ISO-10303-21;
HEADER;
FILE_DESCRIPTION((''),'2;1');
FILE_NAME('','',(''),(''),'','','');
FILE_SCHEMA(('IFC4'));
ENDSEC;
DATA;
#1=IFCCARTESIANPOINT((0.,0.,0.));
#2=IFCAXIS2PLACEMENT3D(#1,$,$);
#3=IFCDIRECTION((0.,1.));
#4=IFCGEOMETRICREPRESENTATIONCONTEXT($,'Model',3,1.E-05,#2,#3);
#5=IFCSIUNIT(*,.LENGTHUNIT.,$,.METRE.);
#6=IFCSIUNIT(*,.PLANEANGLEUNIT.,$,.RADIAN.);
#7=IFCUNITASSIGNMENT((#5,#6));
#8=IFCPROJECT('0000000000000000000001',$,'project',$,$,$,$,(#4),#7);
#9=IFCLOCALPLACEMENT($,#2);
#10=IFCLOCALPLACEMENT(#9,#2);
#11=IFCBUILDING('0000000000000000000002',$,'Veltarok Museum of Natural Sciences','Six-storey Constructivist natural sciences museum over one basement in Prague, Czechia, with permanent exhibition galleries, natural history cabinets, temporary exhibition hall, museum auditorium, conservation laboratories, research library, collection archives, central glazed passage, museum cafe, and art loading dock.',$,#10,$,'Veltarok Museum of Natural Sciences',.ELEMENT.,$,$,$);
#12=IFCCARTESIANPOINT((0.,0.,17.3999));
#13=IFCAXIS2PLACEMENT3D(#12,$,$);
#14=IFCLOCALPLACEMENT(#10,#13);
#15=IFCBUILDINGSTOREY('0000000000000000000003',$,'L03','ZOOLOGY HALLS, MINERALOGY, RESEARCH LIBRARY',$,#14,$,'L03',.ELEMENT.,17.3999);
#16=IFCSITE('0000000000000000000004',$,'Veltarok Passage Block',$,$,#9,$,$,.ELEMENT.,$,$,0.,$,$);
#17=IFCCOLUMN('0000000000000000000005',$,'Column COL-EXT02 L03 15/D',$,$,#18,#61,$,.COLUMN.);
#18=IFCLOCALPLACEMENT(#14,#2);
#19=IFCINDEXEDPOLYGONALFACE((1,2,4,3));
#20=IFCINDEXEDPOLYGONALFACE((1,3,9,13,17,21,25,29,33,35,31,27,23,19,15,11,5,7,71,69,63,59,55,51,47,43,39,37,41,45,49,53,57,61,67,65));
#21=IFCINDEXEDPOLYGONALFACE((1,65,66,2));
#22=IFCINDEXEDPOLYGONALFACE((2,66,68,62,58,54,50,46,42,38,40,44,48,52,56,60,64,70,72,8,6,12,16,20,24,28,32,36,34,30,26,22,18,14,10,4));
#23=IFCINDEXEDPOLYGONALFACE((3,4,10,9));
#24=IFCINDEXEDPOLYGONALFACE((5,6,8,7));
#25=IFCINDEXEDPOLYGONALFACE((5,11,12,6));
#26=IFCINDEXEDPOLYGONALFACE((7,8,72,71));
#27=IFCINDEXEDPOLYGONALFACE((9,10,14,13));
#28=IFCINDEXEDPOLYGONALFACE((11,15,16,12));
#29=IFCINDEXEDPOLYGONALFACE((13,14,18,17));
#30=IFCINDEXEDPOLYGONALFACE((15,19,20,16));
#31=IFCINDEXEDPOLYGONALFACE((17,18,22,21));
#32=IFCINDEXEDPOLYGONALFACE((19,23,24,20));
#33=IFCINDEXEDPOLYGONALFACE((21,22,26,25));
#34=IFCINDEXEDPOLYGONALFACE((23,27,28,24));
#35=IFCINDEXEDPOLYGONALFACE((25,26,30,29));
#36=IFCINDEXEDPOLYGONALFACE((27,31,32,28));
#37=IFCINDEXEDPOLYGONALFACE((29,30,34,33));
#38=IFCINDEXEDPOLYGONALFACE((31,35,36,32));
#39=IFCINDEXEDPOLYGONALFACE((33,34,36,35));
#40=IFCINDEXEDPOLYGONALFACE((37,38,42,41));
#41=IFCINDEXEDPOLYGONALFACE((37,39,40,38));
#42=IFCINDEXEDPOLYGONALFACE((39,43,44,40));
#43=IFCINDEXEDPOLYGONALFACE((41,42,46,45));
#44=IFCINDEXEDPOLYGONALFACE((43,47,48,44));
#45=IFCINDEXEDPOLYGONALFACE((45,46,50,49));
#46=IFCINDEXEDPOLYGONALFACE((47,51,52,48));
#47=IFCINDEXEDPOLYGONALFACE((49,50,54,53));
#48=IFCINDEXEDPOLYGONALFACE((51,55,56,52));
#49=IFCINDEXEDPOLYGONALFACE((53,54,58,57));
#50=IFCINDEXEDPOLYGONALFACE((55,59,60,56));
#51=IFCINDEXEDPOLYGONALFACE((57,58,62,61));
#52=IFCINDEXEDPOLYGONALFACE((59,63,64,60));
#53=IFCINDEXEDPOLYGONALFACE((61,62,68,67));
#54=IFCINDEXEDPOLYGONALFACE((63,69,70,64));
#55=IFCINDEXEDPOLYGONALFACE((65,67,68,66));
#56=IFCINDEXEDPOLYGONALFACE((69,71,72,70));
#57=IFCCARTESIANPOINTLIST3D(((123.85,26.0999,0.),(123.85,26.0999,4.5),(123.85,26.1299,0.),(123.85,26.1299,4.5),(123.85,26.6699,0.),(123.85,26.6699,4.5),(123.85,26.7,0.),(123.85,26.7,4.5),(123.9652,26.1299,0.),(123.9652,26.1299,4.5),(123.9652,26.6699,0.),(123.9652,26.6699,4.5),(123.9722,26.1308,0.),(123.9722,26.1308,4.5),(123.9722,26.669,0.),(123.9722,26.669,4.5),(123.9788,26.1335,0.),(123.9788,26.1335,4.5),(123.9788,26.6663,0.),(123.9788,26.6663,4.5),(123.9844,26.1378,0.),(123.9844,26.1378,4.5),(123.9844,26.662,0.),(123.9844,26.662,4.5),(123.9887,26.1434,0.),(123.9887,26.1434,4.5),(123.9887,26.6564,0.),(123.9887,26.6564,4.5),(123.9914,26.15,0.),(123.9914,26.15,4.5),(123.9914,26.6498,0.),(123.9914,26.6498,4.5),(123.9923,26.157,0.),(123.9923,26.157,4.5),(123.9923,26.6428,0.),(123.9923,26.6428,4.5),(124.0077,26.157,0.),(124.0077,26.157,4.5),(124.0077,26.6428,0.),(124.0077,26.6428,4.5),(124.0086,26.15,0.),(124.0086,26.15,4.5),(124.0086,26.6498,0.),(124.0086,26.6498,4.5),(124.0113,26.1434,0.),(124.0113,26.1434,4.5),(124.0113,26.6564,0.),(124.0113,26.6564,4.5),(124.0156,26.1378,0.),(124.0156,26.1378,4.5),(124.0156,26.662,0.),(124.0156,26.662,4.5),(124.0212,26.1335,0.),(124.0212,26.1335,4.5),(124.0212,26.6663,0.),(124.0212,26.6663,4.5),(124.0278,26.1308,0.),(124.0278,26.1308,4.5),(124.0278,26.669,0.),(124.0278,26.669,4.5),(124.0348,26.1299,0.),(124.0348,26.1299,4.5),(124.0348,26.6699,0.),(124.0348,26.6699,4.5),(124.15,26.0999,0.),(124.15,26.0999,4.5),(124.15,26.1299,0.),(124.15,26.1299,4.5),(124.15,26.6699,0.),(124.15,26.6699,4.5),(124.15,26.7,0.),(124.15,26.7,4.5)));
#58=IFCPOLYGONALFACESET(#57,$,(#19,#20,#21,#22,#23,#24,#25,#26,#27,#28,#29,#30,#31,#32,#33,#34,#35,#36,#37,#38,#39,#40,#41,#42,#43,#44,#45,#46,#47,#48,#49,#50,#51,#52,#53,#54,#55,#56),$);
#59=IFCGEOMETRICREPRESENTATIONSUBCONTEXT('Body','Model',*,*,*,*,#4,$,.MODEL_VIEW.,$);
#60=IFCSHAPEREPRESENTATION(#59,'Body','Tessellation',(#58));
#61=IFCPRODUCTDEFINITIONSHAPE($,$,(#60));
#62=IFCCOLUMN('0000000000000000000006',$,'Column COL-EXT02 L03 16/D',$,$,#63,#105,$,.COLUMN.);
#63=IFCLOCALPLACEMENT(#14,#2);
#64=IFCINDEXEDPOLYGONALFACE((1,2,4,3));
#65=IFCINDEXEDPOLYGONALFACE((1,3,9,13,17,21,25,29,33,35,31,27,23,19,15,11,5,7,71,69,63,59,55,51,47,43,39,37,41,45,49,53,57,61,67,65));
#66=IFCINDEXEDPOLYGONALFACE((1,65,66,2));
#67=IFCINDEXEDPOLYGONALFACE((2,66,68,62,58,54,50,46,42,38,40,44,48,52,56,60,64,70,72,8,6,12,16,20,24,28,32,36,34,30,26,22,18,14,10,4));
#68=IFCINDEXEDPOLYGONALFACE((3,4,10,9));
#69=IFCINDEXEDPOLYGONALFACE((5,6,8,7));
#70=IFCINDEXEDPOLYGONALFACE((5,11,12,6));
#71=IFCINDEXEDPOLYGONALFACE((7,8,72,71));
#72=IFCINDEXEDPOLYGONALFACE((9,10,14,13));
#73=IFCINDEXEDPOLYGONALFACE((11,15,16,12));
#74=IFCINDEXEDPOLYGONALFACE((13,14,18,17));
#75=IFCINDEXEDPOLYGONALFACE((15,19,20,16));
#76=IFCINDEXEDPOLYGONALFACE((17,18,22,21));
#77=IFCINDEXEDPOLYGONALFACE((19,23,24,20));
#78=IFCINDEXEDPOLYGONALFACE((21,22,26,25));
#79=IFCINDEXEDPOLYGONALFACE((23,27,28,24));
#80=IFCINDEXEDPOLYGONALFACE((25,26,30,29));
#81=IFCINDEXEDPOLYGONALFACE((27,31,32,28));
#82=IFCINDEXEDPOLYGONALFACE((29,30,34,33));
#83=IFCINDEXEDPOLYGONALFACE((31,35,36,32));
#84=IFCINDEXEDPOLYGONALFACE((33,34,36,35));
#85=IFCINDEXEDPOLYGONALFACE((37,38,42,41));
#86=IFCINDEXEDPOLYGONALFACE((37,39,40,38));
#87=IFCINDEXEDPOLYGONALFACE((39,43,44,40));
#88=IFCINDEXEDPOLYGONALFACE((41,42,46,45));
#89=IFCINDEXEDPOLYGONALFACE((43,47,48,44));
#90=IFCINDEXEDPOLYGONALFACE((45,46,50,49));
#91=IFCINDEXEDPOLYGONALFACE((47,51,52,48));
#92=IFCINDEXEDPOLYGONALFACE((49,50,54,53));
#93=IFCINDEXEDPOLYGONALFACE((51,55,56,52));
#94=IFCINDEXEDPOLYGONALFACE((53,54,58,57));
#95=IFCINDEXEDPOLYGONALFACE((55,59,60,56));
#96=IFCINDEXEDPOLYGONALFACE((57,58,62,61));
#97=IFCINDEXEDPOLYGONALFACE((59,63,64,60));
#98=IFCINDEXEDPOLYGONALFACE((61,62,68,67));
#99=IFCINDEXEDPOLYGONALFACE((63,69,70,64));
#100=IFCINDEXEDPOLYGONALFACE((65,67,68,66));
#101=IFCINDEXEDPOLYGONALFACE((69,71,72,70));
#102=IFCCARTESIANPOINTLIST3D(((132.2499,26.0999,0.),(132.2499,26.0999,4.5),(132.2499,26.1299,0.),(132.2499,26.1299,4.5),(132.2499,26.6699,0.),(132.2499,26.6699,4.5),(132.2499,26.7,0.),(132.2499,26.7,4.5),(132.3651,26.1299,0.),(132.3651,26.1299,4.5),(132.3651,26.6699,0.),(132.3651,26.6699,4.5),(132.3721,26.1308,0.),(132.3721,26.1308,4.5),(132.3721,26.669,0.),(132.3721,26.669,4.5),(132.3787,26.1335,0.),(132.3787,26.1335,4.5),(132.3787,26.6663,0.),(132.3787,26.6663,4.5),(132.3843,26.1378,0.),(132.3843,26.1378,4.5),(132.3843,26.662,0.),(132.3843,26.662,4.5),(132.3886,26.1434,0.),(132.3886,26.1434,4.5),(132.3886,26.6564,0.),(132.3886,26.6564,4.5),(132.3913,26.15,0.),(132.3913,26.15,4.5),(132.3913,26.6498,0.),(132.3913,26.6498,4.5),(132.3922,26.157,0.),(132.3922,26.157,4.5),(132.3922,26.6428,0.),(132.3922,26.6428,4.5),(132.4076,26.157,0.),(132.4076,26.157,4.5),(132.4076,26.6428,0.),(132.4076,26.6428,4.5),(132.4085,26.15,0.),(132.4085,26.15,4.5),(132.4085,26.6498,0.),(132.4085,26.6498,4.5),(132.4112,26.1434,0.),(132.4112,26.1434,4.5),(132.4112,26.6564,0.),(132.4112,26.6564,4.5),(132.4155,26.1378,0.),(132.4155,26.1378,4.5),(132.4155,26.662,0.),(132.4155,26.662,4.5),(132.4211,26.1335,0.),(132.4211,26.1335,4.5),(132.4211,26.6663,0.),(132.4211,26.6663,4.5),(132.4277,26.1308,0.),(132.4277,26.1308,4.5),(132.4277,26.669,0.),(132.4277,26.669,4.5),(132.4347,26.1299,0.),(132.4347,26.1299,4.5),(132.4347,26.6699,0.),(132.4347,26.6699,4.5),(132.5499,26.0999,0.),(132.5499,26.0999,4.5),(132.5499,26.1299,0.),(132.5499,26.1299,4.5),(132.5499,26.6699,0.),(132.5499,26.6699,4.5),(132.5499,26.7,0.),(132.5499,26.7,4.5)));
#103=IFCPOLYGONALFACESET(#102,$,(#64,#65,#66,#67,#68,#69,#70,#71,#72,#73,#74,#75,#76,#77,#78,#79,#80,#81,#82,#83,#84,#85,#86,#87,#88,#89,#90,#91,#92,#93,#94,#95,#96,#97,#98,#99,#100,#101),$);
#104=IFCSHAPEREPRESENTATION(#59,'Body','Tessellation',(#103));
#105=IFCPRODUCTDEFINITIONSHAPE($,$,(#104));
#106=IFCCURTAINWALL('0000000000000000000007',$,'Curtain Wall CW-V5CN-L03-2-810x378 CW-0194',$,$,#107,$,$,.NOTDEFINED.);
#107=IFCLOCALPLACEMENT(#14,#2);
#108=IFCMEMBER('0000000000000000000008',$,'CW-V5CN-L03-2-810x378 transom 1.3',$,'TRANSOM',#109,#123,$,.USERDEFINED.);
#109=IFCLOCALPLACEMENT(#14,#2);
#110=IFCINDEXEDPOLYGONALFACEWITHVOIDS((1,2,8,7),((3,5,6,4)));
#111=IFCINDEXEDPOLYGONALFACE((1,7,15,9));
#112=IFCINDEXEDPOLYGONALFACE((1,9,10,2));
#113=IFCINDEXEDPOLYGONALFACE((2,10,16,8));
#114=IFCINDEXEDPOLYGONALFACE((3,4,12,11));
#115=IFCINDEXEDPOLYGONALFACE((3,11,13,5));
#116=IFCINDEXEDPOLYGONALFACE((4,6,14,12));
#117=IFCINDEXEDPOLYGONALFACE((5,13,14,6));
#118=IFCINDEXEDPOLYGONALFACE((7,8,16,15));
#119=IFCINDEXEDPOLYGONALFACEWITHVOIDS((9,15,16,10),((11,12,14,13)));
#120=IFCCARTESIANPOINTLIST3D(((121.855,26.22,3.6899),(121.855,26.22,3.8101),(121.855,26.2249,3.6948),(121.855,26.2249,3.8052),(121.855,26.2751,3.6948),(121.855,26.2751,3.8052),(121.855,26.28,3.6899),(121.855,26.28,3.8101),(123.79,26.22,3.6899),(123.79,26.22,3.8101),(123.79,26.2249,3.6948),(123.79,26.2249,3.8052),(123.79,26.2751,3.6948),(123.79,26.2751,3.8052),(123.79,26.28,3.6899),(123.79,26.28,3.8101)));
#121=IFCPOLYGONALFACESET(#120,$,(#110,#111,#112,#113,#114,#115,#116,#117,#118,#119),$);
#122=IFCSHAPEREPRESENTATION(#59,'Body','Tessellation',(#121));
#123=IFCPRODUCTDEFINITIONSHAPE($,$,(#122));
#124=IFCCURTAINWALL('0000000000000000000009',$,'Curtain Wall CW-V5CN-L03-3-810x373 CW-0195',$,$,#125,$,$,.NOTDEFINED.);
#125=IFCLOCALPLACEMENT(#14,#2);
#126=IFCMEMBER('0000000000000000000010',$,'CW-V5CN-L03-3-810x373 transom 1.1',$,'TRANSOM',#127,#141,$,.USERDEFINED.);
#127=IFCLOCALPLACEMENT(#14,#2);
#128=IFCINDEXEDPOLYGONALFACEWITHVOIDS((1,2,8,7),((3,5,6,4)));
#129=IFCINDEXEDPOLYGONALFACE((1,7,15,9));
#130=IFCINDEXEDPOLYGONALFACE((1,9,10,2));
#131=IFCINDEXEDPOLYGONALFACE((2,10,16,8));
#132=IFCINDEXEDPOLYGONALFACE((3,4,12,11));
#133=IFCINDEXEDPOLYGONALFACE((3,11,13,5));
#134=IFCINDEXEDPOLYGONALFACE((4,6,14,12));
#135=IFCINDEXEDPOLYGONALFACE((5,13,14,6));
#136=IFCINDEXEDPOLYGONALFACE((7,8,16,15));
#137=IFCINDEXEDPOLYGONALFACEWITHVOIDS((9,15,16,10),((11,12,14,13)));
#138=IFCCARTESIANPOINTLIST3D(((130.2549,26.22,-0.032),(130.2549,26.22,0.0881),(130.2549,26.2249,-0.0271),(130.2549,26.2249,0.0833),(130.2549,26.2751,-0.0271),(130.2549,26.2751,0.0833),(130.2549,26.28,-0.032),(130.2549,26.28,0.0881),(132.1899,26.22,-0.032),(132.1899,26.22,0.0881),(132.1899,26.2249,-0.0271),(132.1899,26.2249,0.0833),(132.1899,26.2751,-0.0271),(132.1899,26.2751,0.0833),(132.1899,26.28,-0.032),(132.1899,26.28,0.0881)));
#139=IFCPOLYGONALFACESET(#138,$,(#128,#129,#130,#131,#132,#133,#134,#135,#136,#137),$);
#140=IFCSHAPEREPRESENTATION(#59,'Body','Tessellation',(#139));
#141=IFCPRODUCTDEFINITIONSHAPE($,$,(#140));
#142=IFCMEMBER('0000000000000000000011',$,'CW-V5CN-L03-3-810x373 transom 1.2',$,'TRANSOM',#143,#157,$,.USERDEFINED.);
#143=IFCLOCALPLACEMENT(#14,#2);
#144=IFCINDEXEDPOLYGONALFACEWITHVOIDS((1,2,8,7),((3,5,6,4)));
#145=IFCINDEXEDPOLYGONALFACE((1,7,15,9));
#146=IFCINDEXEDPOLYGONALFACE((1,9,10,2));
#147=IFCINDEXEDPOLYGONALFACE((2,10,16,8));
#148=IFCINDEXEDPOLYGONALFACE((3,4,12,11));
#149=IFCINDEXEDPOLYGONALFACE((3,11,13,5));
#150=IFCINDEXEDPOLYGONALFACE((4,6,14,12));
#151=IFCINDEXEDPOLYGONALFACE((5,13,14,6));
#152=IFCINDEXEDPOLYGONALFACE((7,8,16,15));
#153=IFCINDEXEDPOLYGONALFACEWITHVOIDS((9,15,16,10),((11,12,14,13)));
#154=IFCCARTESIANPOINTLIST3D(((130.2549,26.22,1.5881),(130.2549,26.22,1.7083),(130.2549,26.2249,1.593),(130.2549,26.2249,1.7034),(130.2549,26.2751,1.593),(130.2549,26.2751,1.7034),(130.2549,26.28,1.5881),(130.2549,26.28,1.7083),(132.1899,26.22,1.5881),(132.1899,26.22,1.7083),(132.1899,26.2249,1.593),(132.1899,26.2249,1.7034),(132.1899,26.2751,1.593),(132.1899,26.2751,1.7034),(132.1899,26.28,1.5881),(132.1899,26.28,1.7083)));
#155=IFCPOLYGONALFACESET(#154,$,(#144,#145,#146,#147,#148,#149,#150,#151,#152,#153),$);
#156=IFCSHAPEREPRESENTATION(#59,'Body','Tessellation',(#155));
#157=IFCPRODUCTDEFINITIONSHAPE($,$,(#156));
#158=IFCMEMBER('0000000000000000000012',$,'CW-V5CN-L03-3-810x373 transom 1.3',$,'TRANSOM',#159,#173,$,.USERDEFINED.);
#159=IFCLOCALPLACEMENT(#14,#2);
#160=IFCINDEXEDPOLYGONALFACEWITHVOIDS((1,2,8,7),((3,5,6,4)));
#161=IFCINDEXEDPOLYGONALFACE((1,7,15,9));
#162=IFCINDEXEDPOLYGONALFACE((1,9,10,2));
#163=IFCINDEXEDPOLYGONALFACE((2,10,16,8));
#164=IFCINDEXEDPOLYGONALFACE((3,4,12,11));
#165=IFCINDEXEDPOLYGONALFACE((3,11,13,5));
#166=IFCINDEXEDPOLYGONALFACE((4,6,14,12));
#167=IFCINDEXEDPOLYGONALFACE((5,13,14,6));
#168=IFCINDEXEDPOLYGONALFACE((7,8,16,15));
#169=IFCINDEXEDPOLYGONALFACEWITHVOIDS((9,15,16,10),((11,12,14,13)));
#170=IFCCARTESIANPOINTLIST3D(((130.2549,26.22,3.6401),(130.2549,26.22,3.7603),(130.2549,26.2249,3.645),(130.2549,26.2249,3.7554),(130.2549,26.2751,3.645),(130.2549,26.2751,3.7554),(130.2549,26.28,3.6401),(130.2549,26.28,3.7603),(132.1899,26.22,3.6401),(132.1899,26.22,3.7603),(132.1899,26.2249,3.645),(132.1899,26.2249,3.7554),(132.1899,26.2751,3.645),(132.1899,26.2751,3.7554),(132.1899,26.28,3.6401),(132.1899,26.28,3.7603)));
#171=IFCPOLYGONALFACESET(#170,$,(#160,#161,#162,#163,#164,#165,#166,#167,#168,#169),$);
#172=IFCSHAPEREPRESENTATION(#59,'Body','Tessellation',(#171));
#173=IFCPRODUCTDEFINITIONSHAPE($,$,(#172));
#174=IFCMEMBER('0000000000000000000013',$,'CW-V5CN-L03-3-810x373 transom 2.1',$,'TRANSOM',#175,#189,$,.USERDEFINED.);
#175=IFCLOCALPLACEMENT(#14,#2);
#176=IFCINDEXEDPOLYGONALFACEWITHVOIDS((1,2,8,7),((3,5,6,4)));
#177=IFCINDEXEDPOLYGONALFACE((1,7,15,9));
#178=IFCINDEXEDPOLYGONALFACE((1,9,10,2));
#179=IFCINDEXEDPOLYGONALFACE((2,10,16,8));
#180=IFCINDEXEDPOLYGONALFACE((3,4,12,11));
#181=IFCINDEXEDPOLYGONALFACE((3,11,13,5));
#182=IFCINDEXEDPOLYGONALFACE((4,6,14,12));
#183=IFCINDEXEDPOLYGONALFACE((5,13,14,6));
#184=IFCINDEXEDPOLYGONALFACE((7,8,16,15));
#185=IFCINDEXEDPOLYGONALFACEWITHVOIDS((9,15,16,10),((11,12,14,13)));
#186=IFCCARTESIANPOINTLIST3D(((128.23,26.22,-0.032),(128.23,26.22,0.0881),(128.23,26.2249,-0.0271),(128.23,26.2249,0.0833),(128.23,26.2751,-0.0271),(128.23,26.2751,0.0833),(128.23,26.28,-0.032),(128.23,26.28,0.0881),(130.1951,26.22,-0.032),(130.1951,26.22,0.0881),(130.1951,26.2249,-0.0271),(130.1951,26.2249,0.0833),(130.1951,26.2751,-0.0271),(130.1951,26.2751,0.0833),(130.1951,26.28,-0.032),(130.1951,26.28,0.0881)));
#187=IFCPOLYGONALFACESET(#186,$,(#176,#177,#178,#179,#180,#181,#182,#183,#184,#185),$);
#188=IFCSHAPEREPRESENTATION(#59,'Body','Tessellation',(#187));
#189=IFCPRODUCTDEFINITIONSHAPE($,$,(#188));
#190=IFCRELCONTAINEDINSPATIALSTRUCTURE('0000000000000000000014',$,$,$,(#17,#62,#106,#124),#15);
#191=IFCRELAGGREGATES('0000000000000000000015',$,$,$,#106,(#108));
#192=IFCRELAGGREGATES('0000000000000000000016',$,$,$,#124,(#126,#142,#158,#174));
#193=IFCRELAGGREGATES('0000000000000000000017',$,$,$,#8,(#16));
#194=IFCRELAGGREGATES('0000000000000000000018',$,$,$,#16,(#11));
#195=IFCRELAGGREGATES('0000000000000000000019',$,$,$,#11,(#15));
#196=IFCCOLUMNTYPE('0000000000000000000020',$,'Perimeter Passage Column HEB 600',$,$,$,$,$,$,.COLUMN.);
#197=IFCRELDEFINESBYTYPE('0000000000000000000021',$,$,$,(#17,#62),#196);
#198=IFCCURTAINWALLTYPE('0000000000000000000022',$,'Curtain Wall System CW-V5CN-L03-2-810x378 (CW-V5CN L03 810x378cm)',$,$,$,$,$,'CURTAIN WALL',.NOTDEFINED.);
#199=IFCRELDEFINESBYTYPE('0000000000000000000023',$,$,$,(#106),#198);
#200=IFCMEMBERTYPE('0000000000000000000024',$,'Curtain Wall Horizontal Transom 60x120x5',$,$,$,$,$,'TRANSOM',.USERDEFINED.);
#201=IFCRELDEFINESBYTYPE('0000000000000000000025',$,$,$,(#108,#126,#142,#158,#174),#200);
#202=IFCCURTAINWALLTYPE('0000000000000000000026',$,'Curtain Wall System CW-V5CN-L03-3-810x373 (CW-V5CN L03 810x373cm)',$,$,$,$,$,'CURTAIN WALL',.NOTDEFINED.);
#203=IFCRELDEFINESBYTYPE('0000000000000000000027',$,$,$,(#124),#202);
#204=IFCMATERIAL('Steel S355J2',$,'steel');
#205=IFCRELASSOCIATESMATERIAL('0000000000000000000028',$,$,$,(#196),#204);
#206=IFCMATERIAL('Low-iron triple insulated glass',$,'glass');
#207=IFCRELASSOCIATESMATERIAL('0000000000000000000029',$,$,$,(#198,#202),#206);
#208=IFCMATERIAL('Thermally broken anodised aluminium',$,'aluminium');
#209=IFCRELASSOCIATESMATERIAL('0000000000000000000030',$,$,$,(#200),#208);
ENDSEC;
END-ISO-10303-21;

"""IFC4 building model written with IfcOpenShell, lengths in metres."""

from ifc_helpers import new_model, si_unit, direction, frame, origin, origin_2d, place, context, subcontext, project, spatial, hollow_rectangle, i_section, extrude, material, material_profile, profile_set, type_object, element, aggregate, save


model = new_model("IFC4")

# Units and contexts
model_context = context("Model", 3, precision=1e-05, world=origin(), true_north=direction((0.0, 1.0)))
body_context = subcontext(model_context, "Body", "Model", "MODEL_VIEW")
ifc_project = project(units=[si_unit("LENGTHUNIT", "METRE"), si_unit("PLANEANGLEUNIT", "RADIAN")], contexts=[model_context])

# Site, building, storey
site_placement = place(None, origin())
site = spatial("IfcSite", under=ifc_project, at=site_placement, Name="Veltarok Passage Block", CompositionType="ELEMENT", RefElevation=0.0)
building_placement = place(site_placement, origin())
building = spatial("IfcBuilding", under=site, at=building_placement, Name="Veltarok Museum of Natural Sciences", Description="Six-storey Constructivist natural sciences museum over one basement in Prague, Czechia, with permanent exhibition galleries, natural history cabinets, temporary exhibition hall, museum auditorium, conservation laboratories, research library, collection archives, central glazed passage, museum cafe, and art loading dock.", LongName="Veltarok Museum of Natural Sciences", CompositionType="ELEMENT")
storey_placement = place(building_placement, frame((0.0, 0.0, 17.3999)))
storey = spatial("IfcBuildingStorey", under=building, at=storey_placement, Name="L03", Description="ZOOLOGY HALLS, MINERALOGY, RESEARCH LIBRARY", LongName="L03", CompositionType="ELEMENT", Elevation=17.3999)

# Columns
ifc_material_1 = material(Name="Steel S355J2", Category="steel")
ifc_material_profile_1 = material_profile(ifc_material_1, i_section(OverallWidth=0.3, OverallDepth=0.6001, WebThickness=0.0154, FlangeThickness=0.03, FilletRadius=0.0271, at=origin_2d()), Name="HEB 600")
ifc_profile_set_1 = profile_set([ifc_material_profile_1], Name="Steel S355J2")
column_type = type_object("IfcColumnType", Name="Perimeter Passage Column HEB 600", PredefinedType="COLUMN", material=ifc_profile_set_1)
for number, where, z_axis, x_axis, name in (
    (1, (124.0, 26.3999, 0.0), (0.0, 0.0, 1.0), (1.0, 0.0, 0.0), "Column COL-EXT02 L03 15/D"),
    (2, (132.3999, 26.3999, 0.0), (0.0, 0.0, 1.0), (1.0, 0.0, 0.0), "Column COL-EXT02 L03 16/D"),
):
    element("IfcColumn", number, at=place(storey_placement, frame(where, z_axis=z_axis, x_axis=x_axis)), inside=storey, type_object=column_type, Name=name, PredefinedType="COLUMN", context=body_context, shape_type="SweptSolid", body=[
        extrude(i_section(OverallWidth=0.3, OverallDepth=0.6001, WebThickness=0.0154, FlangeThickness=0.03, FilletRadius=0.0271, at=origin_2d()), origin(), (0.0, 0.0, 1.0), 4.5),
    ])

# Curtain wall, member
ifc_material_2 = material(Name="Low-iron triple insulated glass", Category="glass")
curtain_wall_type_1 = type_object("IfcCurtainWallType", Name="Curtain Wall System CW-V5CN-L03-2-810x378 (CW-V5CN L03 810x378cm)", ElementType="CURTAIN WALL", PredefinedType="NOTDEFINED", material=ifc_material_2)
curtain_wall_1_placement = place(storey_placement, origin())
curtain_wall_1 = element("IfcCurtainWall", 3, at=curtain_wall_1_placement, inside=storey, type_object=curtain_wall_type_1, Name="Curtain Wall CW-V5CN-L03-2-810x378 CW-0194", PredefinedType="NOTDEFINED")
ifc_material_3 = material(Name="Thermally broken anodised aluminium", Category="aluminium")
ifc_material_profile_2 = material_profile(ifc_material_3, hollow_rectangle(XDim=0.0601, YDim=0.1201, WallThickness=0.0049, at=origin_2d()), Name="CW TRANSOM 60x120x5")
ifc_profile_set_2 = profile_set([ifc_material_profile_2], Name="Thermally broken anodised aluminium")
member_type_1 = type_object("IfcMemberType", Name="Curtain Wall Horizontal Transom 60x120x5", ElementType="TRANSOM", PredefinedType="USERDEFINED", material=ifc_profile_set_2)
member_1_placement = place(storey_placement, frame((123.79, 26.25, 3.75), z_axis=(-1.0, 0.0, 0.0), x_axis=(0.0, -1.0, 0.0)))
member_1 = element("IfcMember", 4, at=member_1_placement, type_object=member_type_1, Name="CW-V5CN-L03-2-810x378 transom 1.3", ObjectType="TRANSOM", PredefinedType="USERDEFINED", context=body_context, shape_type="SweptSolid", body=[
    extrude(hollow_rectangle(XDim=0.0601, YDim=0.1201, WallThickness=0.0049, at=origin_2d()), origin(), (0.0, 0.0, 1.0), 1.9351),
])

# Curtain wall, members
curtain_wall_type_2 = type_object("IfcCurtainWallType", Name="Curtain Wall System CW-V5CN-L03-3-810x373 (CW-V5CN L03 810x373cm)", ElementType="CURTAIN WALL", PredefinedType="NOTDEFINED", material=ifc_material_2)
curtain_wall_2_placement = place(storey_placement, origin())
curtain_wall_2 = element("IfcCurtainWall", 5, at=curtain_wall_2_placement, inside=storey, type_object=curtain_wall_type_2, Name="Curtain Wall CW-V5CN-L03-3-810x373 CW-0195", PredefinedType="NOTDEFINED")
member_2_placement = place(storey_placement, frame((132.1899, 26.25, 0.0281), z_axis=(-1.0, 0.0, 0.0), x_axis=(0.0, -1.0, 0.0)))
member_2 = element("IfcMember", 6, at=member_2_placement, type_object=member_type_1, Name="CW-V5CN-L03-3-810x373 transom 1.1", ObjectType="TRANSOM", PredefinedType="USERDEFINED", context=body_context, shape_type="SweptSolid", body=[
    extrude(hollow_rectangle(XDim=0.0601, YDim=0.1201, WallThickness=0.0049, at=origin_2d()), origin(), (0.0, 0.0, 1.0), 1.9351),
])
member_3_placement = place(storey_placement, frame((132.1899, 26.25, 1.6482), z_axis=(-1.0, 0.0, 0.0), x_axis=(0.0, -1.0, 0.0)))
member_3 = element("IfcMember", 7, at=member_3_placement, type_object=member_type_1, Name="CW-V5CN-L03-3-810x373 transom 1.2", ObjectType="TRANSOM", PredefinedType="USERDEFINED", context=body_context, shape_type="SweptSolid", body=[
    extrude(hollow_rectangle(XDim=0.0601, YDim=0.1201, WallThickness=0.0049, at=origin_2d()), origin(), (0.0, 0.0, 1.0), 1.9351),
])
member_4_placement = place(storey_placement, frame((132.1899, 26.25, 3.7002), z_axis=(-1.0, 0.0, 0.0), x_axis=(0.0, -1.0, 0.0)))
member_4 = element("IfcMember", 8, at=member_4_placement, type_object=member_type_1, Name="CW-V5CN-L03-3-810x373 transom 1.3", ObjectType="TRANSOM", PredefinedType="USERDEFINED", context=body_context, shape_type="SweptSolid", body=[
    extrude(hollow_rectangle(XDim=0.0601, YDim=0.1201, WallThickness=0.0049, at=origin_2d()), origin(), (0.0, 0.0, 1.0), 1.9351),
])
member_5_placement = place(storey_placement, frame((130.1951, 26.25, 0.0281), z_axis=(-1.0, 0.0, 0.0), x_axis=(0.0, -1.0, 0.0)))
member_5 = element("IfcMember", 9, at=member_5_placement, type_object=member_type_1, Name="CW-V5CN-L03-3-810x373 transom 2.1", ObjectType="TRANSOM", PredefinedType="USERDEFINED", context=body_context, shape_type="SweptSolid", body=[
    extrude(hollow_rectangle(XDim=0.0601, YDim=0.1201, WallThickness=0.0049, at=origin_2d()), origin(), (0.0, 0.0, 1.0), 1.9651),
])

aggregate(curtain_wall_1, [member_1])

aggregate(curtain_wall_2, [member_2, member_3, member_4, member_5])

save(model, "model.ifc")
